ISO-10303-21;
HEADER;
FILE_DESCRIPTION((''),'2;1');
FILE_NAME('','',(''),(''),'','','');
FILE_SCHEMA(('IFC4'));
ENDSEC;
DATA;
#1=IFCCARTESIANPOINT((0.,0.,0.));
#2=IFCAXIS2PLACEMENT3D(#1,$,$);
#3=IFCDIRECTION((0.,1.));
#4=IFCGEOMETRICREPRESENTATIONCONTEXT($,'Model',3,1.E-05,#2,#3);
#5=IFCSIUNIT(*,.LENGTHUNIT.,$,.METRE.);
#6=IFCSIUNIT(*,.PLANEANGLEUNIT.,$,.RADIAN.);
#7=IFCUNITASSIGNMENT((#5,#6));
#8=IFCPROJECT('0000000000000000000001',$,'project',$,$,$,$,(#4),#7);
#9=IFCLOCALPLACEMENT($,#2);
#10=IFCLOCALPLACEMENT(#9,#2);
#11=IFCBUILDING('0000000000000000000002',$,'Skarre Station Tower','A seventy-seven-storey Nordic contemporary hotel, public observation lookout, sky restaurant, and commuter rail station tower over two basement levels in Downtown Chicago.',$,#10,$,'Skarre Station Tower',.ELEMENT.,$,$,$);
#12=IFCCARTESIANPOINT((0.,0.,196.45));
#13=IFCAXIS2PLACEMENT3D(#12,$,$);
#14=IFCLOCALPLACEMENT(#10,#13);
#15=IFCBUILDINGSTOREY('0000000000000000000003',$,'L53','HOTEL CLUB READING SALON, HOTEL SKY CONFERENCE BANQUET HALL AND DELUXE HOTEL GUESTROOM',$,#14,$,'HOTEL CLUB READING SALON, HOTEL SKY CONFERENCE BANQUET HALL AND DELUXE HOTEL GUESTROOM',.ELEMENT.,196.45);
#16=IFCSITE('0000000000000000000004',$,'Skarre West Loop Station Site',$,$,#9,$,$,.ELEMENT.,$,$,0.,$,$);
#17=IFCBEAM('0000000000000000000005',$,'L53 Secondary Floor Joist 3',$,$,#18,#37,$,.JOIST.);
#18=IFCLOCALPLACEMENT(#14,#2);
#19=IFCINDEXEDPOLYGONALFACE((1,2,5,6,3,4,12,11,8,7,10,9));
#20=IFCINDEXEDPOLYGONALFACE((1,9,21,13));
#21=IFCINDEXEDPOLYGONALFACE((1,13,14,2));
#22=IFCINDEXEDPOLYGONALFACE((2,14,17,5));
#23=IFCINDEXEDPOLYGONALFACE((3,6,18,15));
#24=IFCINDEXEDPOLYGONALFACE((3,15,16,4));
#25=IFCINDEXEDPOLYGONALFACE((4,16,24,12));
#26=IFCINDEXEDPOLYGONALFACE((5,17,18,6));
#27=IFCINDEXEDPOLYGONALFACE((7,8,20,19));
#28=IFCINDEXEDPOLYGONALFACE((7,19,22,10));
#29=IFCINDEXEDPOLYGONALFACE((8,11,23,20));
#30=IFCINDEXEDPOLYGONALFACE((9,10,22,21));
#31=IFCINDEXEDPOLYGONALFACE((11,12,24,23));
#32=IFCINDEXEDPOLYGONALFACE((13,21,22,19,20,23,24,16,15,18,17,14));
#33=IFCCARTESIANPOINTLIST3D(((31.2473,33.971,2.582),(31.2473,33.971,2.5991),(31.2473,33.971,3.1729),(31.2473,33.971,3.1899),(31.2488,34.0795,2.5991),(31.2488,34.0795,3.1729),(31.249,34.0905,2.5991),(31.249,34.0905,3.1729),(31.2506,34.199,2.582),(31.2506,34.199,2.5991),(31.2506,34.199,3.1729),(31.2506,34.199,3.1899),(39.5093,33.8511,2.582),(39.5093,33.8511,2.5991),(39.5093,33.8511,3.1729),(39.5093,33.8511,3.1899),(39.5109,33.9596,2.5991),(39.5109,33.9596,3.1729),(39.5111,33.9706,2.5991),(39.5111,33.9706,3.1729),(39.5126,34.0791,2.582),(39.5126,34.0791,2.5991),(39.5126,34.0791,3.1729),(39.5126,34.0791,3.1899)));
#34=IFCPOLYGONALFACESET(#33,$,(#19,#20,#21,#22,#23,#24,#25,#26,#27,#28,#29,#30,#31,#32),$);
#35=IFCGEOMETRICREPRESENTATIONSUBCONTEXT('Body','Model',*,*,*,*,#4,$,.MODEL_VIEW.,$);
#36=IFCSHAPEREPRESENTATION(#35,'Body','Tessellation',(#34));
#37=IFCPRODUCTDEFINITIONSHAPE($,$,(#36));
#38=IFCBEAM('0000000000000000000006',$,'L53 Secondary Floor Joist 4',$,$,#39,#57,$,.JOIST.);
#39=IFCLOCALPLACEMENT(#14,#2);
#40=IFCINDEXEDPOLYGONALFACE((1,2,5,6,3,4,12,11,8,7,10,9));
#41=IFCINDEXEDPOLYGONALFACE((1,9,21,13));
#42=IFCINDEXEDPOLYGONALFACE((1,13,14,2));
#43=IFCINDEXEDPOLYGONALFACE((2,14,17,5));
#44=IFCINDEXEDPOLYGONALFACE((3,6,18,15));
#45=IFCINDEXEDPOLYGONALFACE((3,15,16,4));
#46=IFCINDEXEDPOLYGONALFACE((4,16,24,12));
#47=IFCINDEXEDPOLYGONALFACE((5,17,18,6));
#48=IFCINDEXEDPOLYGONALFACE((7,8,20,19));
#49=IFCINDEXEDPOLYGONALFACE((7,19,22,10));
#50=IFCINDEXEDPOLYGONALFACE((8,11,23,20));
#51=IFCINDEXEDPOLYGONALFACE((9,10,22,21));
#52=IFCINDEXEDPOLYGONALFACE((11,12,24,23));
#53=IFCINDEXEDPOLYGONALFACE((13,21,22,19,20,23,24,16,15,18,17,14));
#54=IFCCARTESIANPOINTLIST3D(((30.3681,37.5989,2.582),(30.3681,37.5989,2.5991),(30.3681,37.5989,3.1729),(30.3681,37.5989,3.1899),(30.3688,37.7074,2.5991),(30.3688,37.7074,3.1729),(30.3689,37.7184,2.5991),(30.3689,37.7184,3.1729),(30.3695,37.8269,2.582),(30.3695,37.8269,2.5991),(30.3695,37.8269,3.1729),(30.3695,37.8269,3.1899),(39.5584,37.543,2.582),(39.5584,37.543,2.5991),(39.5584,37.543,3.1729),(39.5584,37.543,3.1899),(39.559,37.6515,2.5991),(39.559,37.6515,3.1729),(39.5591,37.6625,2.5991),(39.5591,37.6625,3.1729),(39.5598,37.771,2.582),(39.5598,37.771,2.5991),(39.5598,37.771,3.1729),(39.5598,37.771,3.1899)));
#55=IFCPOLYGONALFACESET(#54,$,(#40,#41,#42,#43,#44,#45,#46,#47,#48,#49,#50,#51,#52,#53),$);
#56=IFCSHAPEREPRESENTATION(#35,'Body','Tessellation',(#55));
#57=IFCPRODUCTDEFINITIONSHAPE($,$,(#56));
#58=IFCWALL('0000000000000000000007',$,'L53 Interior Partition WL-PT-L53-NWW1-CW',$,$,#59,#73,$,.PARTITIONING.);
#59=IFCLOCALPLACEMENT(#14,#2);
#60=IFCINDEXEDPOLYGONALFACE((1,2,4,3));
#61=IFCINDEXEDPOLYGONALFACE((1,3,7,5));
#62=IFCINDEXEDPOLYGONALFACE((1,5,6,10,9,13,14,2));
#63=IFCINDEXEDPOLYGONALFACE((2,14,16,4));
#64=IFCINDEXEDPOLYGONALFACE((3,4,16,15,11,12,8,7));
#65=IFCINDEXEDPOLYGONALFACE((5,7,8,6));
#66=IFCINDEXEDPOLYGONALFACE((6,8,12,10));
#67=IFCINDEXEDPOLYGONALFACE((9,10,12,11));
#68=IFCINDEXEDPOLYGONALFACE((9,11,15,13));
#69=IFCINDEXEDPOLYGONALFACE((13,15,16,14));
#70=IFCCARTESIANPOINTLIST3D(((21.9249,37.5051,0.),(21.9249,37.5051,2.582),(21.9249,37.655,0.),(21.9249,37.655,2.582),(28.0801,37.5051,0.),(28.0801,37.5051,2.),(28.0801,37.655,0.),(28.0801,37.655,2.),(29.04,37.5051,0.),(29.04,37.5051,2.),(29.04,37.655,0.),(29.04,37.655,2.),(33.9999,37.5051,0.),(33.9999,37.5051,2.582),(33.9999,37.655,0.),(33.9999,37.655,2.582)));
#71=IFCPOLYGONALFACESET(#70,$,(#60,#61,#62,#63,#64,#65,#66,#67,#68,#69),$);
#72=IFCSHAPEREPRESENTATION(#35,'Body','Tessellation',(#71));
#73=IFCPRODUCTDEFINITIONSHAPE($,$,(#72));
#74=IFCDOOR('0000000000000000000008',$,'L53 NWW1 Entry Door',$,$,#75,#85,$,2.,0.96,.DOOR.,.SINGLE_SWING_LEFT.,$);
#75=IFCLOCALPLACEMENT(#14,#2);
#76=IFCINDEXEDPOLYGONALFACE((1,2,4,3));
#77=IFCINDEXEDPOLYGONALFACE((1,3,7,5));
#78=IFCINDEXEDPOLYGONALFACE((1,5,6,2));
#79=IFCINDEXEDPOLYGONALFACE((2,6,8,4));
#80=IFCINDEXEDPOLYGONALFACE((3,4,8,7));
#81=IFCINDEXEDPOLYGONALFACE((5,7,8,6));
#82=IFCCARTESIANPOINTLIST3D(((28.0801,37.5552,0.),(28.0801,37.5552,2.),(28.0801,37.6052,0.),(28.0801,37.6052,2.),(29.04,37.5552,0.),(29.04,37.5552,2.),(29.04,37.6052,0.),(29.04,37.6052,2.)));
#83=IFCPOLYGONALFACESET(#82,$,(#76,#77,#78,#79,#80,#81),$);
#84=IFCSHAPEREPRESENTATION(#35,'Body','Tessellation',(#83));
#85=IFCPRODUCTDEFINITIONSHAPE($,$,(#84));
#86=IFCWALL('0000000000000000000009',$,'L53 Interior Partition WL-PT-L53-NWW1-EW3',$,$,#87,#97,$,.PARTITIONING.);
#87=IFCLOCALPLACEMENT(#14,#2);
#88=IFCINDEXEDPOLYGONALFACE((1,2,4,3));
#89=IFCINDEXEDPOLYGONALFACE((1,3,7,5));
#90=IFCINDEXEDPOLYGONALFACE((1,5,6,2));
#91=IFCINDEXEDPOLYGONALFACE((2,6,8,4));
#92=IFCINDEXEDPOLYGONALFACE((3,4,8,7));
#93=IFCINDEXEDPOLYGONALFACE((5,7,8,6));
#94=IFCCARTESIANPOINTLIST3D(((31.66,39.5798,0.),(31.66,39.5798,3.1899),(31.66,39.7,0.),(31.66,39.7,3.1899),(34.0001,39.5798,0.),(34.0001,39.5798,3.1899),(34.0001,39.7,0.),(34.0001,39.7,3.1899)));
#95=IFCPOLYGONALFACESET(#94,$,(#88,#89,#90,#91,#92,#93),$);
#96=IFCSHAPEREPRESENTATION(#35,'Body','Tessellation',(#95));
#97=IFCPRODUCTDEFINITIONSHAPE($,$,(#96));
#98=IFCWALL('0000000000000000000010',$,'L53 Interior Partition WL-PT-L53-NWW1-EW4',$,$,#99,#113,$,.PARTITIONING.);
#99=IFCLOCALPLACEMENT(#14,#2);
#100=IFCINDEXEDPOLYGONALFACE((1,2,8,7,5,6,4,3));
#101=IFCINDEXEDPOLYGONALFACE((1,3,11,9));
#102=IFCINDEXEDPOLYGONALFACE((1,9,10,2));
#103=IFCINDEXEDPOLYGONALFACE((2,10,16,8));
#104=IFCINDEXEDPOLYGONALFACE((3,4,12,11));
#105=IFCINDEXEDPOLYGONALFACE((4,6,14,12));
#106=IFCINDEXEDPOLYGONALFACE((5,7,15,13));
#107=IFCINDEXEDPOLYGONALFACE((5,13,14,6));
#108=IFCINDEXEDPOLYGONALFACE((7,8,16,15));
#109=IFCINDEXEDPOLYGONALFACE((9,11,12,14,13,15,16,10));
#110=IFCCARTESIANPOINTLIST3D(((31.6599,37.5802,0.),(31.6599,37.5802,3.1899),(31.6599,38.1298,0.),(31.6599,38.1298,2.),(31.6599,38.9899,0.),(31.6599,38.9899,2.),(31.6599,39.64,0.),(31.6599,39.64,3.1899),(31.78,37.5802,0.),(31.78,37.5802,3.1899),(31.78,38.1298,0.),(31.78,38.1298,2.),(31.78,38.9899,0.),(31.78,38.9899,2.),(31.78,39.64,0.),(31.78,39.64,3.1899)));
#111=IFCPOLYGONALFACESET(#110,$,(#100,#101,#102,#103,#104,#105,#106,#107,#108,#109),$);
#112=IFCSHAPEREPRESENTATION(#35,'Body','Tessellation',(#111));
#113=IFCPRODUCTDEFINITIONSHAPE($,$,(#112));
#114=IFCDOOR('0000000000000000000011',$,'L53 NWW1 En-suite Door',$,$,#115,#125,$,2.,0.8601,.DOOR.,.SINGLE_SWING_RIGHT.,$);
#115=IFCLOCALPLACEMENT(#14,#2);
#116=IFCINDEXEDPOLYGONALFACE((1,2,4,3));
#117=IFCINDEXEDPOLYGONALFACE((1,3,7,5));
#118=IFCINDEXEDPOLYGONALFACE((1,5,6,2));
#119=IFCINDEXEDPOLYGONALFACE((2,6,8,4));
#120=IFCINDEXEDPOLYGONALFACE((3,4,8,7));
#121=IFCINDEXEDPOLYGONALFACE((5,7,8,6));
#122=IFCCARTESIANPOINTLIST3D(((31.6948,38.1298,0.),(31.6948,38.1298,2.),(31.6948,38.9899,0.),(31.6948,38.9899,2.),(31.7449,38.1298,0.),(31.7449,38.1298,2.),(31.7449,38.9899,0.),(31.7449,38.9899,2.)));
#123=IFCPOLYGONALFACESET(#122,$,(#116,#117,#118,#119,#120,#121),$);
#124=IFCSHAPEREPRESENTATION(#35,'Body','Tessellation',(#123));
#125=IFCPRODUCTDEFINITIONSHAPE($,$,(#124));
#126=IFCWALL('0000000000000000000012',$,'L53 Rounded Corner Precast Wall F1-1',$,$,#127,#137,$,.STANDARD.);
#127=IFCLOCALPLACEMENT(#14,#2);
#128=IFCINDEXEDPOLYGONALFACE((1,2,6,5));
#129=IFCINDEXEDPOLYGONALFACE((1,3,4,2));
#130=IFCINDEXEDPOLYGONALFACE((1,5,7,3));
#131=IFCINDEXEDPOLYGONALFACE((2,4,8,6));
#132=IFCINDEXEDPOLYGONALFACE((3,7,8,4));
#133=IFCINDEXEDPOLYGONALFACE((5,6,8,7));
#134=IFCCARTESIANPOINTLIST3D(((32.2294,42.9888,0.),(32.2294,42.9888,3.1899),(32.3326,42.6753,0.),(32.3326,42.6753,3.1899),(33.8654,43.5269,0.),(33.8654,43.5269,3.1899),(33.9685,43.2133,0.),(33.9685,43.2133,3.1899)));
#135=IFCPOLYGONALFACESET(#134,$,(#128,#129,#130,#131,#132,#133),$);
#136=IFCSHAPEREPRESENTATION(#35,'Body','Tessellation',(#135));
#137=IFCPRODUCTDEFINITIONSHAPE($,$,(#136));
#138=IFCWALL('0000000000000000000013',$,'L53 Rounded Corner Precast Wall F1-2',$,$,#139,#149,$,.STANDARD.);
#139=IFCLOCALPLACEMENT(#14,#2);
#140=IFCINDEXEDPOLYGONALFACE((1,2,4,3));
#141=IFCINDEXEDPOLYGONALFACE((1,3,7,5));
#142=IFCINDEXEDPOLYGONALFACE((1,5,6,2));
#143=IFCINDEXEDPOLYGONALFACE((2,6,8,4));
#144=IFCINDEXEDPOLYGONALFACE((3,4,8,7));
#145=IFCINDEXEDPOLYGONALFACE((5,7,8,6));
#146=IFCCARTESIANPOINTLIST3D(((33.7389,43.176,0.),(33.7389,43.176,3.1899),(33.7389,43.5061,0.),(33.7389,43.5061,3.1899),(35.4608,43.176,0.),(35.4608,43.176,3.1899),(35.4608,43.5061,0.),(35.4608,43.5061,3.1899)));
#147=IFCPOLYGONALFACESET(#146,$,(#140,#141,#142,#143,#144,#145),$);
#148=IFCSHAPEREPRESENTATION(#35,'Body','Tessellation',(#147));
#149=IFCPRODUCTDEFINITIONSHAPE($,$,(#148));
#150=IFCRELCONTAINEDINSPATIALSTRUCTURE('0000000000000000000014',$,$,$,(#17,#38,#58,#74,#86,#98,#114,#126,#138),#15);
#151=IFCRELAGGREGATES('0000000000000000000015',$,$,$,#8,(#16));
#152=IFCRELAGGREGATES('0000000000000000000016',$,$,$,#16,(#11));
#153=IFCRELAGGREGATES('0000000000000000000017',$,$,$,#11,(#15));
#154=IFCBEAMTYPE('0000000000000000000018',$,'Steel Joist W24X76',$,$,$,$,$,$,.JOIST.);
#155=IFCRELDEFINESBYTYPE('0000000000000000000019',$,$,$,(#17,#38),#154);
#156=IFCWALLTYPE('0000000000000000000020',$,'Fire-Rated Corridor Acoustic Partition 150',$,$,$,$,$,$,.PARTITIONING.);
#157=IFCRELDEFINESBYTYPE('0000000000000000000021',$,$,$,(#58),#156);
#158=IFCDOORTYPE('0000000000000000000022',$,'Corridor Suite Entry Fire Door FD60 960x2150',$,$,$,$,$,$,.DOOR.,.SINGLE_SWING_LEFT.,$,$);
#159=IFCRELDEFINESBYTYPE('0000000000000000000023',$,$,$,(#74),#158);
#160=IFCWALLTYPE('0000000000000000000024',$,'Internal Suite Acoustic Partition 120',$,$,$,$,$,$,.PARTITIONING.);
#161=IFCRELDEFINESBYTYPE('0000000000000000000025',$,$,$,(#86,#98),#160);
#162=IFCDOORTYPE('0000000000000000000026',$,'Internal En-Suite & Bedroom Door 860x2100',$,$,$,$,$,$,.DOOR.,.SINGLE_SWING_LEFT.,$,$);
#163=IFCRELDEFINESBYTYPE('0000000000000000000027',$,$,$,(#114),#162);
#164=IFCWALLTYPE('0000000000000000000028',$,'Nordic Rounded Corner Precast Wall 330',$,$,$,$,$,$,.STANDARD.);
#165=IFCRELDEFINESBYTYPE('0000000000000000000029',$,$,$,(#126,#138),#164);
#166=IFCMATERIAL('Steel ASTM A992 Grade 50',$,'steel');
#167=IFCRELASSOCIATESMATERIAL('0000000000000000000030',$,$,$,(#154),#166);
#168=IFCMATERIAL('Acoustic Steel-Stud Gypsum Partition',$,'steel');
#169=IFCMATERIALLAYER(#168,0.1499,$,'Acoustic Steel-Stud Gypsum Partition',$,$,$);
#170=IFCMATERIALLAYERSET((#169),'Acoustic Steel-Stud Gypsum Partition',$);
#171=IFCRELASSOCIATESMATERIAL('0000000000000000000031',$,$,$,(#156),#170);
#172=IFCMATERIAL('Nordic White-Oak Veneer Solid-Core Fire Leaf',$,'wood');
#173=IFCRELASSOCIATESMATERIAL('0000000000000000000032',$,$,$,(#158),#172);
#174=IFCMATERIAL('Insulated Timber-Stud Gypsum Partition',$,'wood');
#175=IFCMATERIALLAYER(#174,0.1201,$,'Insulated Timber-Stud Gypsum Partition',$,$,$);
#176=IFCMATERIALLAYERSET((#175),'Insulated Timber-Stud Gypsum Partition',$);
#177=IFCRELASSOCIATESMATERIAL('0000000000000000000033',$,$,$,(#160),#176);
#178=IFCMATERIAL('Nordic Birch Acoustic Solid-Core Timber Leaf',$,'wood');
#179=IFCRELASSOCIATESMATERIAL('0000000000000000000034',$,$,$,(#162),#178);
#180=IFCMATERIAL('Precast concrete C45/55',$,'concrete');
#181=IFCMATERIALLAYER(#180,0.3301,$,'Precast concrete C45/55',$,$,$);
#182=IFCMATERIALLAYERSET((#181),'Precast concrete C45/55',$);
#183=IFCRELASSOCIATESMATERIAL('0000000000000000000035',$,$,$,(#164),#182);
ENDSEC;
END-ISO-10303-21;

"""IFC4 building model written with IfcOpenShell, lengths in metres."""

from ifc_helpers import new_model, si_unit, direction, frame, frame_2d, origin, origin_2d, place, context, subcontext, project, spatial, rectangle, i_section, extrude, material, layer, layer_set, material_profile, profile_set, type_object, element, fill, save


model = new_model("IFC4")

# Units and contexts
model_context = context("Model", 3, precision=1e-05, world=origin(), true_north=direction((0.0, 1.0)))
body_context = subcontext(model_context, "Body", "Model", "MODEL_VIEW")
ifc_project = project(units=[si_unit("LENGTHUNIT", "METRE"), si_unit("PLANEANGLEUNIT", "RADIAN")], contexts=[model_context])

# Site, building, storey
site_placement = place(None, origin())
site = spatial("IfcSite", under=ifc_project, at=site_placement, Name="Skarre West Loop Station Site", CompositionType="ELEMENT", RefElevation=0.0)
building_placement = place(site_placement, origin())
building = spatial("IfcBuilding", under=site, at=building_placement, Name="Skarre Station Tower", Description="A seventy-seven-storey Nordic contemporary hotel, public observation lookout, sky restaurant, and commuter rail station tower over two basement levels in Downtown Chicago.", LongName="Skarre Station Tower", CompositionType="ELEMENT")
storey_placement = place(building_placement, frame((0.0, 0.0, 196.45)))
storey = spatial("IfcBuildingStorey", under=building, at=storey_placement, Name="L53", Description="HOTEL CLUB READING SALON, HOTEL SKY CONFERENCE BANQUET HALL AND DELUXE HOTEL GUESTROOM", LongName="HOTEL CLUB READING SALON, HOTEL SKY CONFERENCE BANQUET HALL AND DELUXE HOTEL GUESTROOM", CompositionType="ELEMENT", Elevation=196.45)

# Beams
ifc_material_1 = material(Name="Steel ASTM A992 Grade 50", Category="steel")
ifc_material_profile = material_profile(ifc_material_1, i_section(OverallWidth=0.228, OverallDepth=0.6079, WebThickness=0.011, FlangeThickness=0.0171, at=origin_2d()), Name="Steel ASTM A992 Grade 50")
ifc_profile_set = profile_set([ifc_material_profile], Name="Steel ASTM A992 Grade 50")
beam_type = type_object("IfcBeamType", Name="Steel Joist W24X76", PredefinedType="JOIST", material=ifc_profile_set)
beam_1_placement = place(storey_placement, frame((39.511, 33.9651, 2.886), z_axis=(-0.999895, 0.014508, 0.0), x_axis=(-0.014508, -0.999895, 0.0)))
element("IfcBeam", 1, at=beam_1_placement, inside=storey, type_object=beam_type, Name="L53 Secondary Floor Joist 3", PredefinedType="JOIST", context=body_context, shape_type="SweptSolid", body=[
    extrude(i_section(OverallWidth=0.228, OverallDepth=0.6079, WebThickness=0.011, FlangeThickness=0.0171, at=origin_2d()), origin(), (0.0, 0.0, 1.0), 8.2629),
])
beam_2_placement = place(storey_placement, frame((39.5591, 37.657, 2.886), z_axis=(-0.999981, 0.006083, 0.0), x_axis=(-0.006083, -0.999981, 0.0)))
element("IfcBeam", 2, at=beam_2_placement, inside=storey, type_object=beam_type, Name="L53 Secondary Floor Joist 4", PredefinedType="JOIST", context=body_context, shape_type="SweptSolid", body=[
    extrude(i_section(OverallWidth=0.228, OverallDepth=0.6079, WebThickness=0.011, FlangeThickness=0.0171, at=origin_2d()), origin(), (0.0, 0.0, 1.0), 9.1904),
])

# Wall, opening, door
ifc_material_2 = material(Name="Acoustic Steel-Stud Gypsum Partition", Category="steel")
ifc_layer_1 = layer(ifc_material_2, 0.1499, Name="Acoustic Steel-Stud Gypsum Partition")
ifc_layer_set_1 = layer_set([ifc_layer_1], Name="Acoustic Steel-Stud Gypsum Partition")
wall_type_1 = type_object("IfcWallType", Name="Fire-Rated Corridor Acoustic Partition 150", PredefinedType="PARTITIONING", material=ifc_layer_set_1)
wall_1_placement = place(storey_placement, frame((34.0, 37.5801, 0.0), z_axis=(0.0, 0.0, 1.0), x_axis=(-1.0, 0.0, 0.0)))
wall_1 = element("IfcWall", 3, at=wall_1_placement, inside=storey, type_object=wall_type_1, Name="L53 Interior Partition WL-PT-L53-NWW1-CW", PredefinedType="PARTITIONING", context=body_context, shape_type="SweptSolid", body=[
    extrude(rectangle(XDim=12.075, YDim=0.1499, at=frame_2d((6.0376, 0.0))), origin(), (0.0, 0.0, 1.0), 2.582),
])
opening_1_placement = place(wall_1_placement, frame((4.96, 0.0, 0.0)))
opening_1 = element("IfcOpeningElement", 4, at=opening_1_placement, cuts=wall_1, PredefinedType="OPENING", context=body_context, shape_type="SweptSolid", body=[
    extrude(rectangle(XDim=0.96, YDim=2.0, at=frame_2d((0.48, 1.0))), frame((0.0, 0.085, 0.0), z_axis=(0.0, -1.0, 0.0), x_axis=(1.0, 0.0, 0.0)), (0.0, 0.0, 1.0), 0.1699),
])
ifc_material_3 = material(Name="Nordic White-Oak Veneer Solid-Core Fire Leaf", Category="wood")
door_type_1 = type_object("IfcDoorType", Name="Corridor Suite Entry Fire Door FD60 960x2150", OperationType="SINGLE_SWING_LEFT", PredefinedType="DOOR", material=ifc_material_3)
door_1_placement = place(opening_1_placement, origin())
door_1 = element("IfcDoor", 5, at=door_1_placement, inside=storey, type_object=door_type_1, Name="L53 NWW1 Entry Door", OperationType="SINGLE_SWING_LEFT", OverallHeight=2.0, OverallWidth=0.96, PredefinedType="DOOR", context=body_context, shape_type="SweptSolid", body=[
    extrude(rectangle(XDim=0.96, YDim=2.0, at=frame_2d((0.48, 1.0))), frame((0.0, 0.0249, 0.0), z_axis=(0.0, -1.0, 0.0), x_axis=(1.0, 0.0, 0.0)), (0.0, 0.0, 1.0), 0.05),
])
fill(opening_1, door_1)

# Wall
ifc_material_4 = material(Name="Insulated Timber-Stud Gypsum Partition", Category="wood")
ifc_layer_2 = layer(ifc_material_4, 0.1201, Name="Insulated Timber-Stud Gypsum Partition")
ifc_layer_set_2 = layer_set([ifc_layer_2], Name="Insulated Timber-Stud Gypsum Partition")
wall_type_2 = type_object("IfcWallType", Name="Internal Suite Acoustic Partition 120", PredefinedType="PARTITIONING", material=ifc_layer_set_2)
wall_2_placement = place(storey_placement, frame((34.0, 39.6399, 0.0), z_axis=(0.0, 0.0, 1.0), x_axis=(-1.0, 0.0, 0.0)))
element("IfcWall", 6, at=wall_2_placement, inside=storey, type_object=wall_type_2, Name="L53 Interior Partition WL-PT-L53-NWW1-EW3", PredefinedType="PARTITIONING", context=body_context, shape_type="SweptSolid", body=[
    extrude(rectangle(XDim=2.3401, YDim=0.1201, at=frame_2d((1.1699, 0.0))), origin(), (0.0, 0.0, 1.0), 3.1899),
])

# Wall, opening, door
wall_3_placement = place(storey_placement, frame((31.72, 39.6399, 0.0), z_axis=(0.0, 0.0, 1.0), x_axis=(0.0, -1.0, 0.0)))
wall_3 = element("IfcWall", 7, at=wall_3_placement, inside=storey, type_object=wall_type_2, Name="L53 Interior Partition WL-PT-L53-NWW1-EW4", PredefinedType="PARTITIONING", context=body_context, shape_type="SweptSolid", body=[
    extrude(rectangle(XDim=2.0598, YDim=0.1201, at=frame_2d((1.0298, 0.0))), origin(), (0.0, 0.0, 1.0), 3.1899),
])
opening_2_placement = place(wall_3_placement, frame((0.6499, 0.0, 0.0)))
opening_2 = element("IfcOpeningElement", 8, at=opening_2_placement, cuts=wall_3, PredefinedType="OPENING", context=body_context, shape_type="SweptSolid", body=[
    extrude(rectangle(XDim=0.8601, YDim=2.0, at=frame_2d((0.4302, 1.0))), frame((0.0, 0.0701, 0.0), z_axis=(0.0, -1.0, 0.0), x_axis=(1.0, 0.0, 0.0)), (0.0, 0.0, 1.0), 0.1401),
])
ifc_material_5 = material(Name="Nordic Birch Acoustic Solid-Core Timber Leaf", Category="wood")
door_type_2 = type_object("IfcDoorType", Name="Internal En-Suite & Bedroom Door 860x2100", OperationType="SINGLE_SWING_LEFT", PredefinedType="DOOR", material=ifc_material_5)
door_2_placement = place(opening_2_placement, origin())
door_2 = element("IfcDoor", 9, at=door_2_placement, inside=storey, type_object=door_type_2, Name="L53 NWW1 En-suite Door", OperationType="SINGLE_SWING_RIGHT", OverallHeight=2.0, OverallWidth=0.8601, PredefinedType="DOOR", context=body_context, shape_type="SweptSolid", body=[
    extrude(rectangle(XDim=0.8601, YDim=2.0, at=frame_2d((0.4302, 1.0))), frame((0.0, 0.0249, 0.0), z_axis=(0.0, -1.0, 0.0), x_axis=(1.0, 0.0, 0.0)), (0.0, 0.0, 1.0), 0.05),
])
fill(opening_2, door_2)

# Walls
ifc_material_6 = material(Name="Precast concrete C45/55", Category="concrete")
ifc_layer_3 = layer(ifc_material_6, 0.3301, Name="Precast concrete C45/55")
ifc_layer_set_3 = layer_set([ifc_layer_3], Name="Precast concrete C45/55")
wall_type_3 = type_object("IfcWallType", Name="Nordic Rounded Corner Precast Wall 330", PredefinedType="STANDARD", material=ifc_layer_set_3)
wall_4_placement = place(storey_placement, frame((32.281, 42.832, 0.0), z_axis=(0.0, 0.0, 1.0), x_axis=(0.949937, 0.31244, 0.0)))
element("IfcWall", 10, at=wall_4_placement, inside=storey, type_object=wall_type_3, Name="L53 Rounded Corner Precast Wall F1-1", PredefinedType="STANDARD", context=body_context, shape_type="SweptSolid", body=[
    extrude(rectangle(XDim=1.7222, YDim=0.3301, at=frame_2d((0.8611, 0.0))), origin(), (0.0, 0.0, 1.0), 3.1899),
])
wall_5_placement = place(storey_placement, frame((33.739, 43.3411, 0.0), z_axis=(0.0, 0.0, 1.0), x_axis=(1.0, 0.0, 0.0)))
element("IfcWall", 11, at=wall_5_placement, inside=storey, type_object=wall_type_3, Name="L53 Rounded Corner Precast Wall F1-2", PredefinedType="STANDARD", context=body_context, shape_type="SweptSolid", body=[
    extrude(rectangle(XDim=1.7219, YDim=0.3301, at=frame_2d((0.8608, 0.0))), origin(), (0.0, 0.0, 1.0), 3.1899),
])

save(model, "model.ifc")
